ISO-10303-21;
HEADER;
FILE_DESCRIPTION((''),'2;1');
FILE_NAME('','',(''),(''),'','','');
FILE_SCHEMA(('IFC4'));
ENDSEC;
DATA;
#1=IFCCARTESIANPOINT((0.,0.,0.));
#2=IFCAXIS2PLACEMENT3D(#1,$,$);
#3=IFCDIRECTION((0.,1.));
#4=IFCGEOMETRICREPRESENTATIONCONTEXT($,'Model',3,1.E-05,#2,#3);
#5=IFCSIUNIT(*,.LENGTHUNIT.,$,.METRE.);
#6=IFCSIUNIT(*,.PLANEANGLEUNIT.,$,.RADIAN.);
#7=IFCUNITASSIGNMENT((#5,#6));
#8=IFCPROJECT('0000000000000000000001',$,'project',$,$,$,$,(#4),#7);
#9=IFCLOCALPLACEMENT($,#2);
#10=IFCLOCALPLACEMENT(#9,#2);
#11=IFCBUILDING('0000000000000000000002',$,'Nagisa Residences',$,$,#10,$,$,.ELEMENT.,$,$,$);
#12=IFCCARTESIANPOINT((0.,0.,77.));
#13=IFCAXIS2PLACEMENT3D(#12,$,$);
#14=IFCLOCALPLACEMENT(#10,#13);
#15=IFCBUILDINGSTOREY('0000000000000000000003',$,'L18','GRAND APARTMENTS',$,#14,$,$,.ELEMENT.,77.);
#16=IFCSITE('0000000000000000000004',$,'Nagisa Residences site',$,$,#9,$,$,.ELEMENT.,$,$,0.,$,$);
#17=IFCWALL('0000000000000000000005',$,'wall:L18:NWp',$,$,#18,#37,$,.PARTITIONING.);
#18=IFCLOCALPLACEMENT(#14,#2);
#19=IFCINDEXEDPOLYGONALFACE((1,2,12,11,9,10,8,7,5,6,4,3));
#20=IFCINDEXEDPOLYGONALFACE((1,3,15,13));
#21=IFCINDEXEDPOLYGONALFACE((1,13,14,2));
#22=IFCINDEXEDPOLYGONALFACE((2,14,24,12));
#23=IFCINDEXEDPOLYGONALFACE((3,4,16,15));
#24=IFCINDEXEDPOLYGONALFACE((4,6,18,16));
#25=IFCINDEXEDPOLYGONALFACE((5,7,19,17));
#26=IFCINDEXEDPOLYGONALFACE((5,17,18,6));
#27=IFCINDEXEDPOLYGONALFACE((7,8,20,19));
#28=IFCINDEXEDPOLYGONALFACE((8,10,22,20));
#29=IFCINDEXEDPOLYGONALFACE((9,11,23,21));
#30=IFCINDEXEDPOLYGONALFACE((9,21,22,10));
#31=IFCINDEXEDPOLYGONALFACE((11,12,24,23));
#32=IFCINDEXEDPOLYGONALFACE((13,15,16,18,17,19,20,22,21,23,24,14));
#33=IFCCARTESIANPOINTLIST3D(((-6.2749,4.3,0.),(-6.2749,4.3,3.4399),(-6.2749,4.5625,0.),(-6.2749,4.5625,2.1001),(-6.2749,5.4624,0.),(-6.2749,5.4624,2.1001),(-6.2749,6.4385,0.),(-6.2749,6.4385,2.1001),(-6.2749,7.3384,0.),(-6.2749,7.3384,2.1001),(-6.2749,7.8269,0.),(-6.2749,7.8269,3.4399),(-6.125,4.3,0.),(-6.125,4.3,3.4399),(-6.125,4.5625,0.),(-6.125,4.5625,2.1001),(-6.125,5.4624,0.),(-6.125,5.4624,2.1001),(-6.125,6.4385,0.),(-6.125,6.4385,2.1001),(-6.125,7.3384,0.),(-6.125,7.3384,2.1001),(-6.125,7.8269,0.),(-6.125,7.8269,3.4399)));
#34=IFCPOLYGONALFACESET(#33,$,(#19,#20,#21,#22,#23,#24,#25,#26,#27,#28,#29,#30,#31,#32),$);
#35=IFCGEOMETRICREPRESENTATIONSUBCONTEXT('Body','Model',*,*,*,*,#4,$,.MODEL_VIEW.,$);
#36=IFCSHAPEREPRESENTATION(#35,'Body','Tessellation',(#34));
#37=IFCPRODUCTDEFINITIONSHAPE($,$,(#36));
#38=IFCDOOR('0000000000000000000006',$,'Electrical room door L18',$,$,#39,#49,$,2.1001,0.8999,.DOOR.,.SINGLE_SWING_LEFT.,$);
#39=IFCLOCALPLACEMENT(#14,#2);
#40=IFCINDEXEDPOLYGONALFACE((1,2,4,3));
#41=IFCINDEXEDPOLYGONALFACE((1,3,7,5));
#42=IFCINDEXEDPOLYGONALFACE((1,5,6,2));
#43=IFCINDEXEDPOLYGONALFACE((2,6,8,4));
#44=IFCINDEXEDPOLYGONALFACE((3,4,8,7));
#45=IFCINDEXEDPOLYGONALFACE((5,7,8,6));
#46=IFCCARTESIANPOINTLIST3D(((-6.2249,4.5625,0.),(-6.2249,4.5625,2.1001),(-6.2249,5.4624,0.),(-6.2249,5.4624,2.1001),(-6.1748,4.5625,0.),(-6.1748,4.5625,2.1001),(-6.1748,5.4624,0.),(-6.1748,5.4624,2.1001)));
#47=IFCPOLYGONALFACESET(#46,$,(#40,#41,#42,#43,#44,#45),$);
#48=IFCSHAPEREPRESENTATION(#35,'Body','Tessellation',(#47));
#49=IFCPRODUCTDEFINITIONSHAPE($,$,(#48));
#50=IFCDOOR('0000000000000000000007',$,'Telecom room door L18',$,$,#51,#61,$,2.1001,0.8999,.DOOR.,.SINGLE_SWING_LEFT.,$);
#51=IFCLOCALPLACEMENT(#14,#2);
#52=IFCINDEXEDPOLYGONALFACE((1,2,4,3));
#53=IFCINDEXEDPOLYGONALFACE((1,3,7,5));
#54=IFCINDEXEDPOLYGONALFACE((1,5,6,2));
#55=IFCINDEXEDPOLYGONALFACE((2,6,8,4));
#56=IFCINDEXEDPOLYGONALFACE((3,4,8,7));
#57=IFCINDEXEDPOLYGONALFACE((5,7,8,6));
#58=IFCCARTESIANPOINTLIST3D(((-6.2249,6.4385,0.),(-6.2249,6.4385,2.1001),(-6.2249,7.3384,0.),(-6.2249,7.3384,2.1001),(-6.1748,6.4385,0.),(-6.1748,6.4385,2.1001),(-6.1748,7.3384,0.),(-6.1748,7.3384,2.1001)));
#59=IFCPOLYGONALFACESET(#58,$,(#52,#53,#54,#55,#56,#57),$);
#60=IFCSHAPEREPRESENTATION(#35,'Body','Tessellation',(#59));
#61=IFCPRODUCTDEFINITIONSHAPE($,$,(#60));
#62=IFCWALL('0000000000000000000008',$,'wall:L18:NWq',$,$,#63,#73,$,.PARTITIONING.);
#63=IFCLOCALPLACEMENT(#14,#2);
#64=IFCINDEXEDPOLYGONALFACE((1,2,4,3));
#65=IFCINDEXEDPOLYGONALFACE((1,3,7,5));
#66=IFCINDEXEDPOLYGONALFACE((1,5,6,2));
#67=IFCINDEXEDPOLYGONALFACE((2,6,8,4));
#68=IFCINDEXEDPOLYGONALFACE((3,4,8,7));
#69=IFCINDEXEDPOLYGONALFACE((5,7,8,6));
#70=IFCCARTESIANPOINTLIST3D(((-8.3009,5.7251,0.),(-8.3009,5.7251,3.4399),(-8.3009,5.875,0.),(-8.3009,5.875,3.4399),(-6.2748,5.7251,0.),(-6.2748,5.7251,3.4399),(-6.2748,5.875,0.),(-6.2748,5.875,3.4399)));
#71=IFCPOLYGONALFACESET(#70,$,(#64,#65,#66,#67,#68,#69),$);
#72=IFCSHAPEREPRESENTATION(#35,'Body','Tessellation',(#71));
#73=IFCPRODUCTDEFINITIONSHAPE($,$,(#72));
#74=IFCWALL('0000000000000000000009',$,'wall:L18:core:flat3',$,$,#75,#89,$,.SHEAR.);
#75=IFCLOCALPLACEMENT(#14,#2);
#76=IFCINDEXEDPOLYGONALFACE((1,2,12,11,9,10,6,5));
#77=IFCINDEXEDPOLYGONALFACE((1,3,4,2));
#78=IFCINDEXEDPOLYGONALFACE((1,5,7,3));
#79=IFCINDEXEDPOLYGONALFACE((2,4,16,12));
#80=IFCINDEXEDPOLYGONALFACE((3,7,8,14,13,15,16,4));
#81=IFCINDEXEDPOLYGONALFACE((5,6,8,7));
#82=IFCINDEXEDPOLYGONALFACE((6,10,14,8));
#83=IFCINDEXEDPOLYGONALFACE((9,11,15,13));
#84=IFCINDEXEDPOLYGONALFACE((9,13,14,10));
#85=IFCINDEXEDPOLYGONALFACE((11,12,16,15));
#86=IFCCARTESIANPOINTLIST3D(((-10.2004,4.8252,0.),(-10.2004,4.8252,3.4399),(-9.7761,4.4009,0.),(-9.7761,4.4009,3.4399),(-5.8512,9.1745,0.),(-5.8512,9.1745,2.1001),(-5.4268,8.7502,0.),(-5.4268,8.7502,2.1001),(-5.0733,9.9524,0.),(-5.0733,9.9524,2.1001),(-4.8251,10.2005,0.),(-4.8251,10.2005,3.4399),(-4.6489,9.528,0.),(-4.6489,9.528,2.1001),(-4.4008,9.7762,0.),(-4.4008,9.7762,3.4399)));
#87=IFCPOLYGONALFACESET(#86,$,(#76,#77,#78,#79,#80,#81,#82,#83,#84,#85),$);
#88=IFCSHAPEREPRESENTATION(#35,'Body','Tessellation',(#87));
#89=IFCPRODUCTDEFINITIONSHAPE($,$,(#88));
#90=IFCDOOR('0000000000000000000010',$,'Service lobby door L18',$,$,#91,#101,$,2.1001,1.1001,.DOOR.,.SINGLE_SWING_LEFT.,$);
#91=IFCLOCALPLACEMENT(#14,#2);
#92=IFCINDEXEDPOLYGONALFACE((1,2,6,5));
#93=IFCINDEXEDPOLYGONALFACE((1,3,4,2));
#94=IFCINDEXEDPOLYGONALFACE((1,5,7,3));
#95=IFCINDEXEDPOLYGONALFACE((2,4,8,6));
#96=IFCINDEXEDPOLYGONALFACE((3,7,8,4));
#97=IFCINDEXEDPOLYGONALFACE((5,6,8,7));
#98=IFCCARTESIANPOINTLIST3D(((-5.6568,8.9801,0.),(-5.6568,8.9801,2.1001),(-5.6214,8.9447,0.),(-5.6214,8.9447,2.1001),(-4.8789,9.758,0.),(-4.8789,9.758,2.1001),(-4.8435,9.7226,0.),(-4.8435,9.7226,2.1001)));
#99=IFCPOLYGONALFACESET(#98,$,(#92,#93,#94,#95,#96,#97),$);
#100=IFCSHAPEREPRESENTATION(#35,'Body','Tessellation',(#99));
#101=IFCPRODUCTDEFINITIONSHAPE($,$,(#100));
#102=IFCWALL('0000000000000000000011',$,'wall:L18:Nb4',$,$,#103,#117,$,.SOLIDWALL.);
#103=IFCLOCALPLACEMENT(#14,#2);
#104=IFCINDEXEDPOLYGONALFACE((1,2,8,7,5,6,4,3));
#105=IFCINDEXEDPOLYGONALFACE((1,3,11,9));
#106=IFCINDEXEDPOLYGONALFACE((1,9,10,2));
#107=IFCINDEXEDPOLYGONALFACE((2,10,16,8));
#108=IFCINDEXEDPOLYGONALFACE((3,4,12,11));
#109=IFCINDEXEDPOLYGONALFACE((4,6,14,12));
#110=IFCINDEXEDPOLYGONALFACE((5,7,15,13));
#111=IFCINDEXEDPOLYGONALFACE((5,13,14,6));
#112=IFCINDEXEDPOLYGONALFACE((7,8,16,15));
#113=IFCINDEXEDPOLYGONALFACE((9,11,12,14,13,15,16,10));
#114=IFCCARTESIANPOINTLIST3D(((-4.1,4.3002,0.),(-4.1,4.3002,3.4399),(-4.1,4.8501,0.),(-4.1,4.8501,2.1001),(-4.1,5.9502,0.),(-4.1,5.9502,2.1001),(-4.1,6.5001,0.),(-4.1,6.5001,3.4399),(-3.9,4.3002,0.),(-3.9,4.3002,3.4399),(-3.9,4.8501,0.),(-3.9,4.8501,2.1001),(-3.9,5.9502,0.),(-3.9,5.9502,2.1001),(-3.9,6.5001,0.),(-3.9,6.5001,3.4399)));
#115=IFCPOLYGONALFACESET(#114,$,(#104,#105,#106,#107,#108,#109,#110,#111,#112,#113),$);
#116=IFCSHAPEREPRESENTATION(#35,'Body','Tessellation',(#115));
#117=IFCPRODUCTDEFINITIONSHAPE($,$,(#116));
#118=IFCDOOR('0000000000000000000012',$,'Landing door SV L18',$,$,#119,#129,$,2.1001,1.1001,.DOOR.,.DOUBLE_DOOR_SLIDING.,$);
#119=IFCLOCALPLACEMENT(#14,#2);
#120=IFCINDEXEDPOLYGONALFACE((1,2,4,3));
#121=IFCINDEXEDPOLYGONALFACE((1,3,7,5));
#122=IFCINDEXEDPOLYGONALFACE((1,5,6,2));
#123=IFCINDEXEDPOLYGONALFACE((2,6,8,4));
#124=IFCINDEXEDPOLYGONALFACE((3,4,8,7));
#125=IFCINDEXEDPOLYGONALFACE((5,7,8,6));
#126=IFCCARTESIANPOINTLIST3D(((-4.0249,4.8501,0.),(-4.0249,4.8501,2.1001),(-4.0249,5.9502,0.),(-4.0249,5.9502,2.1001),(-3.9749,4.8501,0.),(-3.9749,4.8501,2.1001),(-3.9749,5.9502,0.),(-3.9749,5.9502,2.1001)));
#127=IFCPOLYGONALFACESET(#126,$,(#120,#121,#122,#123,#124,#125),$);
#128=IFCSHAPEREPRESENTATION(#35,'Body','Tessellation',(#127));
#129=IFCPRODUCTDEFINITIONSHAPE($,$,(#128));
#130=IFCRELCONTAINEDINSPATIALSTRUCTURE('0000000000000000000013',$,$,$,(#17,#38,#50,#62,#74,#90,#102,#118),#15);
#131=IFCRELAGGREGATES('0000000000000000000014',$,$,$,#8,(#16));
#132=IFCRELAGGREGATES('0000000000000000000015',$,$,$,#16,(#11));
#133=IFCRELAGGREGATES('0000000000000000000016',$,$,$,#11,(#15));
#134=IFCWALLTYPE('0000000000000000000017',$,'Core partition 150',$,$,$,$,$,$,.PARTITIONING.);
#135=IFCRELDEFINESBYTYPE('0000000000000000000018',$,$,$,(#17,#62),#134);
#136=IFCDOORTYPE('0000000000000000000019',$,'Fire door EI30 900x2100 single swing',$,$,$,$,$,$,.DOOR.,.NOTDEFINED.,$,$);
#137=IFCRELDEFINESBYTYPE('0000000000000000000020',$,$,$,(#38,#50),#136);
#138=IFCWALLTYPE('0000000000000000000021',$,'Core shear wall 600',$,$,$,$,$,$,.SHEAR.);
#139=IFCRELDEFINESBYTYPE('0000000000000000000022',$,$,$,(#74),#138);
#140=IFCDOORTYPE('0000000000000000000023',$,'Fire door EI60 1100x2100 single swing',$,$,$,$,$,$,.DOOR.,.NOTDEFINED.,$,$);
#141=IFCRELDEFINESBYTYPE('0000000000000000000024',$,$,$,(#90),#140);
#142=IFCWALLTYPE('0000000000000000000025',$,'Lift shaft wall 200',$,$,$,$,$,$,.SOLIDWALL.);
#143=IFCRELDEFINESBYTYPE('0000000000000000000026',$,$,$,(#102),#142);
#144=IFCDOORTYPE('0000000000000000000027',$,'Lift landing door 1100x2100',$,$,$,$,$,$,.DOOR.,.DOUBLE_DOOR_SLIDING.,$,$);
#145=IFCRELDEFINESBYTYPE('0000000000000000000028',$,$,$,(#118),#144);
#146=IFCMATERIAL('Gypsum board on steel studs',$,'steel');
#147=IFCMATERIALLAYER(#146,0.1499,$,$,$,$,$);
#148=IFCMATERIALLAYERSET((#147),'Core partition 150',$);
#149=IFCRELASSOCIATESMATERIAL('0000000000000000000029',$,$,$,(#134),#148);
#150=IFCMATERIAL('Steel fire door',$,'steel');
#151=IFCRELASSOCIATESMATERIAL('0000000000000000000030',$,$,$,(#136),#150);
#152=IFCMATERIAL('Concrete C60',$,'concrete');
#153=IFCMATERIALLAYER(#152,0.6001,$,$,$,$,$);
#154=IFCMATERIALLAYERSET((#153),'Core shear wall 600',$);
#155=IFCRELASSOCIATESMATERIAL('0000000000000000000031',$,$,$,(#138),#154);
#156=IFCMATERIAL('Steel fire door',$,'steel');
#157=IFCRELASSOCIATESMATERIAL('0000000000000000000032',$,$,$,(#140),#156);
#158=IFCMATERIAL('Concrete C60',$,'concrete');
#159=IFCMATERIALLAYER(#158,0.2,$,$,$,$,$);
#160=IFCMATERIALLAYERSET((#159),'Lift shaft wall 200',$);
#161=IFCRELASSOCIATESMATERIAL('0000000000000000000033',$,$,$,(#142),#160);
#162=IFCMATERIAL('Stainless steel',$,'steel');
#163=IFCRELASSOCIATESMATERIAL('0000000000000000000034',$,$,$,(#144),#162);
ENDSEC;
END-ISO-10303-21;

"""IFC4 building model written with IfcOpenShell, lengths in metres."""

from ifc_helpers import new_model, si_unit, direction, frame, frame_2d, origin, place, context, subcontext, project, spatial, rectangle, extrude, material, layer, layer_set, type_object, element, fill, save


model = new_model("IFC4")

# Units and contexts
model_context = context("Model", 3, precision=1e-05, world=origin(), true_north=direction((0.0, 1.0)))
body_context = subcontext(model_context, "Body", "Model", "MODEL_VIEW")
ifc_project = project(units=[si_unit("LENGTHUNIT", "METRE"), si_unit("PLANEANGLEUNIT", "RADIAN")], contexts=[model_context])

# Site, building, storey
site_placement = place(None, origin())
site = spatial("IfcSite", under=ifc_project, at=site_placement, Name="Nagisa Residences site", CompositionType="ELEMENT", RefElevation=0.0)
building_placement = place(site_placement, origin())
building = spatial("IfcBuilding", under=site, at=building_placement, Name="Nagisa Residences", CompositionType="ELEMENT")
storey_placement = place(building_placement, frame((0.0, 0.0, 77.0)))
storey = spatial("IfcBuildingStorey", under=building, at=storey_placement, Name="L18", Description="GRAND APARTMENTS", CompositionType="ELEMENT", Elevation=77.0)

# Wall, openings, doors
ifc_material_1 = material(Name="Gypsum board on steel studs", Category="steel")
ifc_layer_1 = layer(ifc_material_1, 0.1499)
ifc_layer_set_1 = layer_set([ifc_layer_1], Name="Core partition 150")
wall_type_1 = type_object("IfcWallType", Name="Core partition 150", PredefinedType="PARTITIONING", material=ifc_layer_set_1)
wall_1_placement = place(storey_placement, frame((-6.2, 4.3, 0.0), z_axis=(0.0, 0.0, 1.0), x_axis=(0.0, 1.0, 0.0)))
wall_1 = element("IfcWall", 1, at=wall_1_placement, inside=storey, type_object=wall_type_1, Name="wall:L18:NWp", PredefinedType="PARTITIONING", context=body_context, shape_type="SweptSolid", body=[
    extrude(rectangle(XDim=3.5269, YDim=0.1499, at=frame_2d((1.7634, 0.0))), origin(), (0.0, 0.0, 1.0), 3.4399),
])
opening_1_placement = place(wall_1_placement, frame((0.2625, 0.0, 0.0)))
opening_1 = element("IfcOpeningElement", 2, at=opening_1_placement, cuts=wall_1, PredefinedType="OPENING", context=body_context, shape_type="SweptSolid", body=[
    extrude(rectangle(XDim=0.8999, YDim=2.1001, at=frame_2d((0.45, 1.05))), frame((0.0, 0.085, 0.0), z_axis=(0.0, -1.0, 0.0), x_axis=(1.0, 0.0, 0.0)), (0.0, 0.0, 1.0), 0.1699),
])
opening_2_placement = place(wall_1_placement, frame((2.1384, 0.0, 0.0)))
opening_2 = element("IfcOpeningElement", 3, at=opening_2_placement, cuts=wall_1, PredefinedType="OPENING", context=body_context, shape_type="SweptSolid", body=[
    extrude(rectangle(XDim=0.8999, YDim=2.1001, at=frame_2d((0.45, 1.05))), frame((0.0, 0.085, 0.0), z_axis=(0.0, -1.0, 0.0), x_axis=(1.0, 0.0, 0.0)), (0.0, 0.0, 1.0), 0.1699),
])
ifc_material_2 = material(Name="Steel fire door", Category="steel")
door_type_1 = type_object("IfcDoorType", Name="Fire door EI30 900x2100 single swing", OperationType="NOTDEFINED", PredefinedType="DOOR", material=ifc_material_2)
door_1_placement = place(opening_1_placement, origin())
door_1 = element("IfcDoor", 4, at=door_1_placement, inside=storey, type_object=door_type_1, Name="Electrical room door L18", OperationType="SINGLE_SWING_LEFT", OverallHeight=2.1001, OverallWidth=0.8999, PredefinedType="DOOR", context=body_context, shape_type="SweptSolid", body=[
    extrude(rectangle(XDim=0.8999, YDim=2.1001, at=frame_2d((0.45, 1.05))), frame((0.0, 0.0249, 0.0), z_axis=(0.0, -1.0, 0.0), x_axis=(1.0, 0.0, 0.0)), (0.0, 0.0, 1.0), 0.05),
])
fill(opening_1, door_1)
door_2_placement = place(opening_2_placement, origin())
door_2 = element("IfcDoor", 5, at=door_2_placement, inside=storey, type_object=door_type_1, Name="Telecom room door L18", OperationType="SINGLE_SWING_LEFT", OverallHeight=2.1001, OverallWidth=0.8999, PredefinedType="DOOR", context=body_context, shape_type="SweptSolid", body=[
    extrude(rectangle(XDim=0.8999, YDim=2.1001, at=frame_2d((0.45, 1.05))), frame((0.0, 0.0249, 0.0), z_axis=(0.0, -1.0, 0.0), x_axis=(1.0, 0.0, 0.0)), (0.0, 0.0, 1.0), 0.05),
])
fill(opening_2, door_2)

# Wall
wall_2_placement = place(storey_placement, frame((-8.301, 5.8, 0.0), z_axis=(0.0, 0.0, 1.0), x_axis=(1.0, 0.0, 0.0)))
element("IfcWall", 6, at=wall_2_placement, inside=storey, type_object=wall_type_1, Name="wall:L18:NWq", PredefinedType="PARTITIONING", context=body_context, shape_type="SweptSolid", body=[
    extrude(rectangle(XDim=2.0261, YDim=0.1499, at=frame_2d((1.0132, 0.0))), origin(), (0.0, 0.0, 1.0), 3.4399),
])

# Walls, openings, doors
ifc_material_3 = material(Name="Concrete C60", Category="concrete")
ifc_layer_2 = layer(ifc_material_3, 0.6001)
ifc_layer_set_2 = layer_set([ifc_layer_2], Name="Core shear wall 600")
wall_type_2 = type_object("IfcWallType", Name="Core shear wall 600", PredefinedType="SHEAR", material=ifc_layer_set_2)
wall_3_placement = place(storey_placement, frame((-4.613, 9.9883, 0.0), z_axis=(0.0, 0.0, 1.0), x_axis=(-0.707107, -0.707107, 0.0)))
wall_3 = element("IfcWall", 7, at=wall_3_placement, inside=storey, type_object=wall_type_2, Name="wall:L18:core:flat3", PredefinedType="SHEAR", context=body_context, shape_type="SweptSolid", body=[
    extrude(rectangle(XDim=7.6018, YDim=0.6001, at=frame_2d((3.8008, 0.0))), origin(), (0.0, 0.0, 1.0), 3.4399),
])
opening_3_placement = place(wall_3_placement, frame((0.3508, 0.0, 0.0)))
opening_3 = element("IfcOpeningElement", 8, at=opening_3_placement, cuts=wall_3, PredefinedType="OPENING", context=body_context, shape_type="SweptSolid", body=[
    extrude(rectangle(XDim=1.1001, YDim=2.1001, at=frame_2d((0.55, 1.05))), frame((0.0, 0.3101, 0.0), z_axis=(0.0, -1.0, 0.0), x_axis=(1.0, 0.0, 0.0)), (0.0, 0.0, 1.0), 0.6201),
])
ifc_material_4 = material(Name="Steel fire door", Category="steel")
door_type_2 = type_object("IfcDoorType", Name="Fire door EI60 1100x2100 single swing", OperationType="NOTDEFINED", PredefinedType="DOOR", material=ifc_material_4)
door_3_placement = place(opening_3_placement, origin())
door_3 = element("IfcDoor", 9, at=door_3_placement, inside=storey, type_object=door_type_2, Name="Service lobby door L18", OperationType="SINGLE_SWING_LEFT", OverallHeight=2.1001, OverallWidth=1.1001, PredefinedType="DOOR", context=body_context, shape_type="SweptSolid", body=[
    extrude(rectangle(XDim=1.1001, YDim=2.1001, at=frame_2d((0.55, 1.05))), frame((0.0, 0.0249, 0.0), z_axis=(0.0, -1.0, 0.0), x_axis=(1.0, 0.0, 0.0)), (0.0, 0.0, 1.0), 0.05),
])
fill(opening_3, door_3)
ifc_material_5 = material(Name="Concrete C60", Category="concrete")
ifc_layer_3 = layer(ifc_material_5, 0.2)
ifc_layer_set_3 = layer_set([ifc_layer_3], Name="Lift shaft wall 200")
wall_type_3 = type_object("IfcWallType", Name="Lift shaft wall 200", PredefinedType="SOLIDWALL", material=ifc_layer_set_3)
wall_4_placement = place(storey_placement, frame((-4.0, 4.3, 0.0), z_axis=(0.0, 0.0, 1.0), x_axis=(0.0, 1.0, 0.0)))
wall_4 = element("IfcWall", 10, at=wall_4_placement, inside=storey, type_object=wall_type_3, Name="wall:L18:Nb4", PredefinedType="SOLIDWALL", context=body_context, shape_type="SweptSolid", body=[
    extrude(rectangle(XDim=2.2, YDim=0.2, at=frame_2d((1.1001, 0.0))), origin(), (0.0, 0.0, 1.0), 3.4399),
])
opening_4_placement = place(wall_4_placement, frame((0.55, 0.0, 0.0)))
opening_4 = element("IfcOpeningElement", 11, at=opening_4_placement, cuts=wall_4, PredefinedType="OPENING", context=body_context, shape_type="SweptSolid", body=[
    extrude(rectangle(XDim=1.1001, YDim=2.1001, at=frame_2d((0.55, 1.05))), frame((0.0, 0.1099, 0.0), z_axis=(0.0, -1.0, 0.0), x_axis=(1.0, 0.0, 0.0)), (0.0, 0.0, 1.0), 0.22),
])
ifc_material_6 = material(Name="Stainless steel", Category="steel")
door_type_3 = type_object("IfcDoorType", Name="Lift landing door 1100x2100", OperationType="DOUBLE_DOOR_SLIDING", PredefinedType="DOOR", material=ifc_material_6)
door_4_placement = place(opening_4_placement, origin())
door_4 = element("IfcDoor", 12, at=door_4_placement, inside=storey, type_object=door_type_3, Name="Landing door SV L18", OperationType="DOUBLE_DOOR_SLIDING", OverallHeight=2.1001, OverallWidth=1.1001, PredefinedType="DOOR", context=body_context, shape_type="SweptSolid", body=[
    extrude(rectangle(XDim=1.1001, YDim=2.1001, at=frame_2d((0.55, 1.05))), frame((0.0, 0.0249, 0.0), z_axis=(0.0, -1.0, 0.0), x_axis=(1.0, 0.0, 0.0)), (0.0, 0.0, 1.0), 0.05),
])
fill(opening_4, door_4)

save(model, "model.ifc")
